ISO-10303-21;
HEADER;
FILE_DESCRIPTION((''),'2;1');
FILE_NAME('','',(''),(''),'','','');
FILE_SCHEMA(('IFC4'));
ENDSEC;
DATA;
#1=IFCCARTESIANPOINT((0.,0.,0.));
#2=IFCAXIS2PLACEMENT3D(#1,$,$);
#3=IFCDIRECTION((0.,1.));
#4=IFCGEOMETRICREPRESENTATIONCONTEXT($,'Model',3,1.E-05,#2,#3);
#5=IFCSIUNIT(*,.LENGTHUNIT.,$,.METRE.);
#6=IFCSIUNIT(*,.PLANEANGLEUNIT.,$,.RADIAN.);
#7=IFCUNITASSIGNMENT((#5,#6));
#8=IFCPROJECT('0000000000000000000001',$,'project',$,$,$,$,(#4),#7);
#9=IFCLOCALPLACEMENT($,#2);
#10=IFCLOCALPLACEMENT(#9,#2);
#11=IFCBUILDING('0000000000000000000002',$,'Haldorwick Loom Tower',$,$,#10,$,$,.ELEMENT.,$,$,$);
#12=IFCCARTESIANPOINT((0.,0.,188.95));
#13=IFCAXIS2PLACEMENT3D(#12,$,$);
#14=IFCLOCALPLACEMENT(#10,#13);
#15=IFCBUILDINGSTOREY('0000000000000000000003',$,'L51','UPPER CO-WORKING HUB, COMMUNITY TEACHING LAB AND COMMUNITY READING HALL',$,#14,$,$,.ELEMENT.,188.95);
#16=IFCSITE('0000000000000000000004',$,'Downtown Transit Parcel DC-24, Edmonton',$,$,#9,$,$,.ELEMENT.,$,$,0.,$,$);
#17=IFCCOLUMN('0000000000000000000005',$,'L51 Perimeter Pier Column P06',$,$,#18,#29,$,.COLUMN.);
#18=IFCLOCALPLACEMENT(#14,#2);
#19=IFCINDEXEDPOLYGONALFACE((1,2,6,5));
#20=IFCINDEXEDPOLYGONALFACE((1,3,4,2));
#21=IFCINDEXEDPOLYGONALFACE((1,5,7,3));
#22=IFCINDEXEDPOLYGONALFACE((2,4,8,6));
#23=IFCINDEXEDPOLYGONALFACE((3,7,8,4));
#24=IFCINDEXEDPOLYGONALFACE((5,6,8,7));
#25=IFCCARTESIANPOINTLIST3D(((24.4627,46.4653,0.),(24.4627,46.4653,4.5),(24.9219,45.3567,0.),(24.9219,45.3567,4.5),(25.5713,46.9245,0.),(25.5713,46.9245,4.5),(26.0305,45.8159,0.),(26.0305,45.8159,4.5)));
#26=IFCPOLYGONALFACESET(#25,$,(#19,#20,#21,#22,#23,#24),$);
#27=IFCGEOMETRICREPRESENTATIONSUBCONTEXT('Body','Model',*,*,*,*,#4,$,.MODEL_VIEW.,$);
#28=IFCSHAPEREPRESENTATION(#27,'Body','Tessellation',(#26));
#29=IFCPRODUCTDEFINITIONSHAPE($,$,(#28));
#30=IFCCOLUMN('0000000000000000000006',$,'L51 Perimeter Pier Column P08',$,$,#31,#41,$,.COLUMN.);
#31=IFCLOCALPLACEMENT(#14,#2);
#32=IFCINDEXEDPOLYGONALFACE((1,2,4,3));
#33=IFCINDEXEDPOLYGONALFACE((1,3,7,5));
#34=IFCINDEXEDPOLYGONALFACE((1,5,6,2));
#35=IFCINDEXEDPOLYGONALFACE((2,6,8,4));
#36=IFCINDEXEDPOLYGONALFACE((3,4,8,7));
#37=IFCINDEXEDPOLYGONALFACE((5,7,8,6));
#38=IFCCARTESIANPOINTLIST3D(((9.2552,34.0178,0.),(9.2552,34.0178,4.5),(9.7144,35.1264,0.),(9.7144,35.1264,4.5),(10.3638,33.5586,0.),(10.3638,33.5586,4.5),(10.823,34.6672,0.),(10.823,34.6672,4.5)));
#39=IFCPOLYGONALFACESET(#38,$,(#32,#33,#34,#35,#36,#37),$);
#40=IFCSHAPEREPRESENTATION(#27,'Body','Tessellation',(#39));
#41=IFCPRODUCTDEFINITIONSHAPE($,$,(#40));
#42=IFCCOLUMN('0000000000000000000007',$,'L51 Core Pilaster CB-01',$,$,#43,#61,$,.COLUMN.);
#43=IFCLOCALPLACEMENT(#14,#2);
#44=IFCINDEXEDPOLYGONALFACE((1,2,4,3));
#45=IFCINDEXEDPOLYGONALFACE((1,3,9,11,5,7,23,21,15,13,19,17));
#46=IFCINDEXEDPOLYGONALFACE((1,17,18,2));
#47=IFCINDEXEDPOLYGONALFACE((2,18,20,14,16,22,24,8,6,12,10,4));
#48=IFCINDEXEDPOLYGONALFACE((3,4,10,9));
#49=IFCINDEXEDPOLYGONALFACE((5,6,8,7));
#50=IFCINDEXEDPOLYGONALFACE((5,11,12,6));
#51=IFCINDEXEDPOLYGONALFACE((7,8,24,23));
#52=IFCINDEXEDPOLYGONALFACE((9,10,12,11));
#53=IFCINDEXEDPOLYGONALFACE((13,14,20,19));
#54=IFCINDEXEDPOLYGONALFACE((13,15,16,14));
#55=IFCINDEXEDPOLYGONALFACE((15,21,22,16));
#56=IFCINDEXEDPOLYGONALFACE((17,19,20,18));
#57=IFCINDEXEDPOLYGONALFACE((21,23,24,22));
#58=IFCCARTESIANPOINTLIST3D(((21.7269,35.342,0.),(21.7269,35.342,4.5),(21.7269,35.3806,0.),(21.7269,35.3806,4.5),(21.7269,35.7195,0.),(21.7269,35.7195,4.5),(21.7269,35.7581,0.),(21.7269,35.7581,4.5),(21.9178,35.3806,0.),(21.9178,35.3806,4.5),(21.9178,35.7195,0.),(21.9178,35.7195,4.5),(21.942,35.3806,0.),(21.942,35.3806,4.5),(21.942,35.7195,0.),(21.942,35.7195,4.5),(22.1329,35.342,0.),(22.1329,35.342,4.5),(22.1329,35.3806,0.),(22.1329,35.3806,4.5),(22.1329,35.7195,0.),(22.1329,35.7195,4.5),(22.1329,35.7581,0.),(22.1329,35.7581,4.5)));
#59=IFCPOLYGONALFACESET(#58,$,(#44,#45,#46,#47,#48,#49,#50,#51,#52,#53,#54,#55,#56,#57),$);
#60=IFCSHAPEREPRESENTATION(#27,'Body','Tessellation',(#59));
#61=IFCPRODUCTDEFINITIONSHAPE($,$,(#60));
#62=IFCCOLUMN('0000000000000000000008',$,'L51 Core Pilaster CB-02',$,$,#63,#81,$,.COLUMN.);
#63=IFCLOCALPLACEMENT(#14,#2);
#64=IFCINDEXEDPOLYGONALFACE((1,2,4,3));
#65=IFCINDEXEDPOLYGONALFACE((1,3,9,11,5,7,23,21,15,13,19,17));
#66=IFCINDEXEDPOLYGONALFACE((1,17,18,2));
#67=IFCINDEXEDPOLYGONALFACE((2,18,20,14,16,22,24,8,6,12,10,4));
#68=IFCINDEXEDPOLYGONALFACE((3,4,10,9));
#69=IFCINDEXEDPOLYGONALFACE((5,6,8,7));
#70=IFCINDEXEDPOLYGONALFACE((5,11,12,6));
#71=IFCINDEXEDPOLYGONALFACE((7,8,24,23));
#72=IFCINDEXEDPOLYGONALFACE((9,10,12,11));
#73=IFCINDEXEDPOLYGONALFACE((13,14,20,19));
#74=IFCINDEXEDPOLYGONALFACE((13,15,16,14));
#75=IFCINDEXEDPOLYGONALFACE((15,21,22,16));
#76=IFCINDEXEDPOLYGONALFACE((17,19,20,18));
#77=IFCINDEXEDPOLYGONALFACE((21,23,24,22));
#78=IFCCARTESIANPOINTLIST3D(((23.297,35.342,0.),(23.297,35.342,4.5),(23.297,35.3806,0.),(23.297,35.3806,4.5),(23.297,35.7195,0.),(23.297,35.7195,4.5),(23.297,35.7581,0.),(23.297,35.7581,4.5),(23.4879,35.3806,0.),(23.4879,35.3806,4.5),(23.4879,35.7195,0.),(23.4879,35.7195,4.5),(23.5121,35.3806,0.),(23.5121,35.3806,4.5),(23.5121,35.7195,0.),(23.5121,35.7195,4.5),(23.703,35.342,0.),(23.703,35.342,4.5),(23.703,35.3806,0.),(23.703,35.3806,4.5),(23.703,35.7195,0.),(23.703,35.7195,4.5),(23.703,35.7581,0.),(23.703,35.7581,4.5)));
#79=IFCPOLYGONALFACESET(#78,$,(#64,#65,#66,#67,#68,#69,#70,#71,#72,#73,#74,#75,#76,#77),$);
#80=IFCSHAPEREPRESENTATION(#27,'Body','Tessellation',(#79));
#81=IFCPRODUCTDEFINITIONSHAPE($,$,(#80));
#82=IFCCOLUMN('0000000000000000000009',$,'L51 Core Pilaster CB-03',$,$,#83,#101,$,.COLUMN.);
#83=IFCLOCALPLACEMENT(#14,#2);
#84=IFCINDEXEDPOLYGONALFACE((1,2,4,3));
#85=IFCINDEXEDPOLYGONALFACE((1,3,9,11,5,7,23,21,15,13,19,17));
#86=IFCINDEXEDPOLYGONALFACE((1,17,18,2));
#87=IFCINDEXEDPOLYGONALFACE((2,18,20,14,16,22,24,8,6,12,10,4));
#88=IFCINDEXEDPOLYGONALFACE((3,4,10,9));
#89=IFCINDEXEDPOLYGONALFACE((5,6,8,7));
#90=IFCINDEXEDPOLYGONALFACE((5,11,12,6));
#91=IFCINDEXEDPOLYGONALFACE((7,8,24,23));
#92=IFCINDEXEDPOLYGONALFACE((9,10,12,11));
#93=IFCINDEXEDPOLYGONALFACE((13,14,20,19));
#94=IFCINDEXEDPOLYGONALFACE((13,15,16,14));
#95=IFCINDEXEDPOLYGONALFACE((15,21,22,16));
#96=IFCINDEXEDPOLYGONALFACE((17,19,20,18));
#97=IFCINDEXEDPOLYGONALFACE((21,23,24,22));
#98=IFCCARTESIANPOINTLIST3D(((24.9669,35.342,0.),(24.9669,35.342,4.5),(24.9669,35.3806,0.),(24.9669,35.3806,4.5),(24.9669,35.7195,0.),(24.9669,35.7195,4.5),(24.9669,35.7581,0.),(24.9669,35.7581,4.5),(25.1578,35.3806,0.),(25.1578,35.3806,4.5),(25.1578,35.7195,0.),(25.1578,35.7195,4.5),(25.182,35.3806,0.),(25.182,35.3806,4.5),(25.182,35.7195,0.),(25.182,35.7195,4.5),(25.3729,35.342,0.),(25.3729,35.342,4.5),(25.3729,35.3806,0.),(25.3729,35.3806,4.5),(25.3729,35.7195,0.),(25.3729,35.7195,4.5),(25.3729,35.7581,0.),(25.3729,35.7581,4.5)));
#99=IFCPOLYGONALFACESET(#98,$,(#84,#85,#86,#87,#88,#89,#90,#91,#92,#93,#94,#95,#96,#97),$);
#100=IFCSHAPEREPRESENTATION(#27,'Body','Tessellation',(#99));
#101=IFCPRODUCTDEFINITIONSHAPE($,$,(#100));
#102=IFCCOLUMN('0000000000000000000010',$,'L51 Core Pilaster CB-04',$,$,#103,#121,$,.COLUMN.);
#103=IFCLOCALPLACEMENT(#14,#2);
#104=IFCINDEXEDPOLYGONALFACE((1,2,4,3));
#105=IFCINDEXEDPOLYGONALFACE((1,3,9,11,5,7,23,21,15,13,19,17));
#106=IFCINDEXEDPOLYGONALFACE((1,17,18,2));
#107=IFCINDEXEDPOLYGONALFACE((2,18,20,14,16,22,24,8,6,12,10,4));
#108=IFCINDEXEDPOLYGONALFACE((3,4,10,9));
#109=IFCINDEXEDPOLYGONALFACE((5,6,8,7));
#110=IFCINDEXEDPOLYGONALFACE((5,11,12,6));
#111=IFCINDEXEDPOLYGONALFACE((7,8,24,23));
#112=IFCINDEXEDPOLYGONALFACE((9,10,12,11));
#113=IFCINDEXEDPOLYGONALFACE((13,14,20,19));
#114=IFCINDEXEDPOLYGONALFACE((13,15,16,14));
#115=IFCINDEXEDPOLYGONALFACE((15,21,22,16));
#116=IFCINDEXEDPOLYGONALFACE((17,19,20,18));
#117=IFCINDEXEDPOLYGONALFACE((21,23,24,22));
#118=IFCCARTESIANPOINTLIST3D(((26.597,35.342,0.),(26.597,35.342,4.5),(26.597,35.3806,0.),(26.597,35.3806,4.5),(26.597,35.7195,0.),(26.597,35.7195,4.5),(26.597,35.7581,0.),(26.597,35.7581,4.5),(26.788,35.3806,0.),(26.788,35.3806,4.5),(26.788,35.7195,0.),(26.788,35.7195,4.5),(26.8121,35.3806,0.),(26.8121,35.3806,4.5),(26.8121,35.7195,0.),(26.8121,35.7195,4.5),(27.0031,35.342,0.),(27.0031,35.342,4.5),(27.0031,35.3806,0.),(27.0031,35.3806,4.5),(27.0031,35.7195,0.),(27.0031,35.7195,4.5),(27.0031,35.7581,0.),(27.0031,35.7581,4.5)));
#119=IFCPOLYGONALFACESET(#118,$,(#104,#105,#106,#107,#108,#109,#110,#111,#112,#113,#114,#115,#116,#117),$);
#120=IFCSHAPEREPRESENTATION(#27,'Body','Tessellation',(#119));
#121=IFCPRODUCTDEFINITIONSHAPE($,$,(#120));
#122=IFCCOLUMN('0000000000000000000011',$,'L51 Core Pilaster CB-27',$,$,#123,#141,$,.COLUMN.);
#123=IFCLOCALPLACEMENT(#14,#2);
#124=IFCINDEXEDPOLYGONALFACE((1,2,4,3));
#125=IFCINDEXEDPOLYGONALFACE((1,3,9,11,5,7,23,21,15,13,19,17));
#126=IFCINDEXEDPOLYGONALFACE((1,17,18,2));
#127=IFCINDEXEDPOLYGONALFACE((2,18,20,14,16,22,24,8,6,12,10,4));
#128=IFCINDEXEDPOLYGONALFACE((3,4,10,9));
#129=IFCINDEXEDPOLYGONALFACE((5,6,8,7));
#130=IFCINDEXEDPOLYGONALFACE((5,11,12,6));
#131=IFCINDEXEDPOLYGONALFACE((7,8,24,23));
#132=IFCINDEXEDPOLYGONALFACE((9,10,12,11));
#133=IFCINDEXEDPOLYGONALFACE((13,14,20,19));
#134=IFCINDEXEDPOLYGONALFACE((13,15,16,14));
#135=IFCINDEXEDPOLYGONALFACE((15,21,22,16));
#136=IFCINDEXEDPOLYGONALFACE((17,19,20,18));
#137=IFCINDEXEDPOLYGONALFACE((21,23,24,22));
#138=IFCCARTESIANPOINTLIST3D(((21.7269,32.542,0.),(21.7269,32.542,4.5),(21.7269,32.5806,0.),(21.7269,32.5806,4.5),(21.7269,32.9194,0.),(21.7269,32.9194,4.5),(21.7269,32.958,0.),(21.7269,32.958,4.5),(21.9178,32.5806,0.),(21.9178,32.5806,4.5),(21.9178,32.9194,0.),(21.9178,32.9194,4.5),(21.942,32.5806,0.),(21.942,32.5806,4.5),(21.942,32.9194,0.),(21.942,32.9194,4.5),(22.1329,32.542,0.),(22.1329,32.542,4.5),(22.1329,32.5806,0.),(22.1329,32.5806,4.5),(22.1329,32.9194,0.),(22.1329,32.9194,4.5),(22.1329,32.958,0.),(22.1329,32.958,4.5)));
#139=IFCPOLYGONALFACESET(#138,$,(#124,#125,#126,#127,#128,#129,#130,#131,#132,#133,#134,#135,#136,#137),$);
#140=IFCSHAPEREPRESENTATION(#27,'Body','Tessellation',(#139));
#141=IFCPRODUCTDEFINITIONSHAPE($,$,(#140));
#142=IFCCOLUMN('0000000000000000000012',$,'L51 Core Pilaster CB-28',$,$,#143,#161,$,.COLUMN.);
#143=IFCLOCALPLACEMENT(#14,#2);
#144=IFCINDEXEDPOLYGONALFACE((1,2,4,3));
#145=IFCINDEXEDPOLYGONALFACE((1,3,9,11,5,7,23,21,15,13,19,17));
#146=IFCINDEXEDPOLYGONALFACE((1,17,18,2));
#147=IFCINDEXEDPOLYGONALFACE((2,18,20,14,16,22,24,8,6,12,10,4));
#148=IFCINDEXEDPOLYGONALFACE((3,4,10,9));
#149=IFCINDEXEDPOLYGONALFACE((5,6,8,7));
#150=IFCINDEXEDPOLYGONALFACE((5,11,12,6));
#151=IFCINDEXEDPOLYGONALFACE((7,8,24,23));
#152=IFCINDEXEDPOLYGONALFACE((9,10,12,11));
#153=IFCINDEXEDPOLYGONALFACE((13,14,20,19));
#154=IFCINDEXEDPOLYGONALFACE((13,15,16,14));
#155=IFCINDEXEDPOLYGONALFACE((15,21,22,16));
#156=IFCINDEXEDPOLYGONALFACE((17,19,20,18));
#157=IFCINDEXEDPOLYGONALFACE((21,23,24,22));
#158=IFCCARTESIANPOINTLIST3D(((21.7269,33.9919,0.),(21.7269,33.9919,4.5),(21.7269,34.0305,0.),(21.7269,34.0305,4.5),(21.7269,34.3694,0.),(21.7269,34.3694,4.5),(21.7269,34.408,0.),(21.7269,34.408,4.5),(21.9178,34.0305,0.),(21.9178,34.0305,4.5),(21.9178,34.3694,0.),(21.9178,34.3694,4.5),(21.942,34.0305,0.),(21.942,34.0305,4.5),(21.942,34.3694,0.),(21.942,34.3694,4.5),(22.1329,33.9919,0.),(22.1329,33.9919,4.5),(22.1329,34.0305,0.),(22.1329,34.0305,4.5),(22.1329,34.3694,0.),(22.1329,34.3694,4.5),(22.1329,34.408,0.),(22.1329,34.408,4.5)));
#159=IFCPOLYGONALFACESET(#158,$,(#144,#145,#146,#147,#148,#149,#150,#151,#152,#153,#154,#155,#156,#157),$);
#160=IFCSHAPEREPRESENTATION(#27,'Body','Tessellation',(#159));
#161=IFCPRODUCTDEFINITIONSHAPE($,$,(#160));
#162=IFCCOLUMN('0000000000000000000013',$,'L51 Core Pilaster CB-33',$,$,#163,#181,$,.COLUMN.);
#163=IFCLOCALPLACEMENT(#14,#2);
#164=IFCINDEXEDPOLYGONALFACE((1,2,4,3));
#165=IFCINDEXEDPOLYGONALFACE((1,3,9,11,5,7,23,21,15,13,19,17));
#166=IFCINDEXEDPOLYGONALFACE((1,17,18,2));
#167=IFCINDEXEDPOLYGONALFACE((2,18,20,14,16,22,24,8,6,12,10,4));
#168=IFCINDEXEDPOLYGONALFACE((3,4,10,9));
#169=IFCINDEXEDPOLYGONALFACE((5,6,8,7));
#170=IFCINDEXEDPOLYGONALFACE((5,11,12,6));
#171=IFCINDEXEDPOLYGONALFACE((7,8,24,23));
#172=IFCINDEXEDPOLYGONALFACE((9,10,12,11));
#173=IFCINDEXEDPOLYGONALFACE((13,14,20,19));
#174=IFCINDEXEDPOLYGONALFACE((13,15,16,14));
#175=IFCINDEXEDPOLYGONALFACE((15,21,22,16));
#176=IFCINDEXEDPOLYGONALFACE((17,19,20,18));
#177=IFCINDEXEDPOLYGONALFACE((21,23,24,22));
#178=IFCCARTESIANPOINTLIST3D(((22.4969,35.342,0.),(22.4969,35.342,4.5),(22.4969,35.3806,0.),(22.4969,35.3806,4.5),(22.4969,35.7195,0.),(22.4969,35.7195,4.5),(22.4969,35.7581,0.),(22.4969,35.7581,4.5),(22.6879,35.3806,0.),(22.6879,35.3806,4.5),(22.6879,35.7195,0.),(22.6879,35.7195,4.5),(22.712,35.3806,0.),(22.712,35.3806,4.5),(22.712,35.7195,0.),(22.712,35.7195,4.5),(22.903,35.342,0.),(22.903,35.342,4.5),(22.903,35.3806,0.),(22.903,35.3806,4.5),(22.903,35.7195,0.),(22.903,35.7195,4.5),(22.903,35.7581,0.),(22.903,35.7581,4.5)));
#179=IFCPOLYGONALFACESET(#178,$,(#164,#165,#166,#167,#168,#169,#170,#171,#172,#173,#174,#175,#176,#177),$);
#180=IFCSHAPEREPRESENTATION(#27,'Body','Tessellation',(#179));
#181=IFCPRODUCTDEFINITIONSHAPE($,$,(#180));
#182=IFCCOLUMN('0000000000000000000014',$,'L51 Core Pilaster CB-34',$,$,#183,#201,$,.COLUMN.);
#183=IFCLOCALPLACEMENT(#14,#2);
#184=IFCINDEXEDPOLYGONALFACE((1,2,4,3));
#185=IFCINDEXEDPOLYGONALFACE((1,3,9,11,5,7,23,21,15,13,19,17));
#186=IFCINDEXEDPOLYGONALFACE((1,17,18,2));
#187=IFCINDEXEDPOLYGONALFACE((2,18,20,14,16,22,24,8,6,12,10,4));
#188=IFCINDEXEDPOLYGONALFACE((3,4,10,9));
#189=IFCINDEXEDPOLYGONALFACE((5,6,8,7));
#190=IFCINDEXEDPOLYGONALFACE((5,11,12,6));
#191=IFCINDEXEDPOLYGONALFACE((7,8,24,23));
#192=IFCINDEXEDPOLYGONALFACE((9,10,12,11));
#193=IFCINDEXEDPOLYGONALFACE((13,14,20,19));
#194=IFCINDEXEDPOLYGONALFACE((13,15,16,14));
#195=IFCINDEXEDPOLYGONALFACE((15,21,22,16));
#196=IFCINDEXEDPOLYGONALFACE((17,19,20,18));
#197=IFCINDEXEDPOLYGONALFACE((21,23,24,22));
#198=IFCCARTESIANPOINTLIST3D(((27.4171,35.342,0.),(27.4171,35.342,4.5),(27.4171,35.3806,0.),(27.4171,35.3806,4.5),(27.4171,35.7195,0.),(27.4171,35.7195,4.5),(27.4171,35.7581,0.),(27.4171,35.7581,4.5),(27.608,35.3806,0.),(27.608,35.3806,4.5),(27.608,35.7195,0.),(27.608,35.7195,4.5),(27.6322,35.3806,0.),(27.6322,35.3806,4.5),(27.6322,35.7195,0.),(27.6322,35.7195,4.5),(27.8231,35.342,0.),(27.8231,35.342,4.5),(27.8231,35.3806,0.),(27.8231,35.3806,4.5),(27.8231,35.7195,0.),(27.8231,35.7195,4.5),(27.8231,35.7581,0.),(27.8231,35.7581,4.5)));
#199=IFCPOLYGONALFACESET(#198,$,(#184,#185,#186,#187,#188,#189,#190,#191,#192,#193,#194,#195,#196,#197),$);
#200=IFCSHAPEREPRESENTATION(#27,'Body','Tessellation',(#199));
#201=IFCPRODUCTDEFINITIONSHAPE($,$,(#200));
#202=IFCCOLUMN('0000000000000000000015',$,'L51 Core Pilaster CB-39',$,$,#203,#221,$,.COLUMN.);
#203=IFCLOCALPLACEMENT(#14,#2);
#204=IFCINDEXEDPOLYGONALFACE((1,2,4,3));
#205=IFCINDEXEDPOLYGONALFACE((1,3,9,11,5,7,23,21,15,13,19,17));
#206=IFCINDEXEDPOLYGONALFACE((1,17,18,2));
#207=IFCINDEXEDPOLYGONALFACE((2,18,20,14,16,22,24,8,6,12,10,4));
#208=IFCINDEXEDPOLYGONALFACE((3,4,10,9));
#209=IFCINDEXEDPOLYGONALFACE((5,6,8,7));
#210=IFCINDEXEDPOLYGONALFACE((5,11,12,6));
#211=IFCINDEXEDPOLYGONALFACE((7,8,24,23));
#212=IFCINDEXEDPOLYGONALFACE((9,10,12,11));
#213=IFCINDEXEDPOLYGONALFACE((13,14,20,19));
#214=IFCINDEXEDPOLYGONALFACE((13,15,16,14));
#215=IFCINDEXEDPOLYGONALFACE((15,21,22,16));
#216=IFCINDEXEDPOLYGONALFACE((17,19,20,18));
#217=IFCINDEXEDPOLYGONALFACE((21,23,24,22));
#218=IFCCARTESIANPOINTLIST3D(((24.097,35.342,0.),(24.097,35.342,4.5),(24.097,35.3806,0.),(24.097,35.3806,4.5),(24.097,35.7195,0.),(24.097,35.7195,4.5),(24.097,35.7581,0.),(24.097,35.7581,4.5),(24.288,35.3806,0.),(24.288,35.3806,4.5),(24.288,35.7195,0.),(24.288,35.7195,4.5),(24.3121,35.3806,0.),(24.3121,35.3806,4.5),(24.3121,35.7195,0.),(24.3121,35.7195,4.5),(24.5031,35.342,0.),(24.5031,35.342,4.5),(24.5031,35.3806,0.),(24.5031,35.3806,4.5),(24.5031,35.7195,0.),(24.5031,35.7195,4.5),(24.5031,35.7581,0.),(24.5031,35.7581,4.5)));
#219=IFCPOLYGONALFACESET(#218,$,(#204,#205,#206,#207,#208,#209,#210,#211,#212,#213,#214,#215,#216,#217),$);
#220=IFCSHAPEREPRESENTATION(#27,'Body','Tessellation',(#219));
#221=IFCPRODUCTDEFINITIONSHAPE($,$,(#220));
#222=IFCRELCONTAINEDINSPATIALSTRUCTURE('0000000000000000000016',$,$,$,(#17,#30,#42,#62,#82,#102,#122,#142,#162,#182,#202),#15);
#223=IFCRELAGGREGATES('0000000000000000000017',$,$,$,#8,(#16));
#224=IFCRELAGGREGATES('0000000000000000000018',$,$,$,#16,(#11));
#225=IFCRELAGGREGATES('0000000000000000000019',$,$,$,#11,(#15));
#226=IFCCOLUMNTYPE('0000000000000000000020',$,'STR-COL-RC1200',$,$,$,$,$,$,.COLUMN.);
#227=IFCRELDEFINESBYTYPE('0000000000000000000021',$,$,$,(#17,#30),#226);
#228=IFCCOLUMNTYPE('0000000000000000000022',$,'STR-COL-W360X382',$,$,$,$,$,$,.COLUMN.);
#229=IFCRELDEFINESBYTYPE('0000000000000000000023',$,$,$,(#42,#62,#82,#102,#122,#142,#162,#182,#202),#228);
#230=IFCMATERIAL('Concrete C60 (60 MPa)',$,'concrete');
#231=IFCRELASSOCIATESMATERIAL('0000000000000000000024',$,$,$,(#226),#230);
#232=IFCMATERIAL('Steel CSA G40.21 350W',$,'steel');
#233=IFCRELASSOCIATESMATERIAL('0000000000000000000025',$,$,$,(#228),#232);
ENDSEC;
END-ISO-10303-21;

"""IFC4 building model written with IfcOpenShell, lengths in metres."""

from ifc_helpers import new_model, si_unit, direction, frame, origin, origin_2d, place, context, subcontext, project, spatial, rectangle, i_section, extrude, material, material_profile, profile_set, type_object, element, save


model = new_model("IFC4")

# Units and contexts
model_context = context("Model", 3, precision=1e-05, world=origin(), true_north=direction((0.0, 1.0)))
body_context = subcontext(model_context, "Body", "Model", "MODEL_VIEW")
ifc_project = project(units=[si_unit("LENGTHUNIT", "METRE"), si_unit("PLANEANGLEUNIT", "RADIAN")], contexts=[model_context])

# Site, building, storey
site_placement = place(None, origin())
site = spatial("IfcSite", under=ifc_project, at=site_placement, Name="Downtown Transit Parcel DC-24, Edmonton", CompositionType="ELEMENT", RefElevation=0.0)
building_placement = place(site_placement, origin())
building = spatial("IfcBuilding", under=site, at=building_placement, Name="Haldorwick Loom Tower", CompositionType="ELEMENT")
storey_placement = place(building_placement, frame((0.0, 0.0, 188.95)))
storey = spatial("IfcBuildingStorey", under=building, at=storey_placement, Name="L51", Description="UPPER CO-WORKING HUB, COMMUNITY TEACHING LAB AND COMMUNITY READING HALL", CompositionType="ELEMENT", Elevation=188.95)

# Columns
ifc_material_1 = material(Name="Concrete C60 (60 MPa)", Category="concrete")
ifc_material_profile_1 = material_profile(ifc_material_1, rectangle(XDim=1.2, YDim=1.2, at=origin_2d()), Name="RC1200X1200", Category="concrete")
ifc_profile_set_1 = profile_set([ifc_material_profile_1], Name="Concrete C60 (60 MPa)")
column_type_1 = type_object("IfcColumnType", Name="STR-COL-RC1200", PredefinedType="COLUMN", material=ifc_profile_set_1)
for number, where, z_axis, x_axis, name in (
    (1, (25.2466, 46.1406, 0.0), (0.0, 0.0, 1.0), (-0.382683, 0.92388, 0.0), "L51 Perimeter Pier Column P06"),
    (2, (10.0391, 34.3425, 0.0), (0.0, 0.0, 1.0), (-0.92388, 0.382683, 0.0), "L51 Perimeter Pier Column P08"),
):
    element("IfcColumn", number, at=place(storey_placement, frame(where, z_axis=z_axis, x_axis=x_axis)), inside=storey, type_object=column_type_1, Name=name, PredefinedType="COLUMN", context=body_context, shape_type="SweptSolid", body=[
        extrude(rectangle(XDim=1.2, YDim=1.2, at=origin_2d()), origin(), (0.0, 0.0, 1.0), 4.5),
    ])
ifc_material_2 = material(Name="Steel CSA G40.21 350W", Category="steel")
ifc_material_profile_2 = material_profile(ifc_material_2, i_section(OverallWidth=0.406, OverallDepth=0.416, WebThickness=0.0242, FlangeThickness=0.0386, at=origin_2d()), Name="W360X382", Category="steel")
ifc_profile_set_2 = profile_set([ifc_material_profile_2], Name="Steel CSA G40.21 350W")
column_type_2 = type_object("IfcColumnType", Name="STR-COL-W360X382", PredefinedType="COLUMN", material=ifc_profile_set_2)
for number, where, z_axis, x_axis, name in (
    (3, (21.9299, 35.55, 0.0), (0.0, 0.0, 1.0), (1.0, 0.0, 0.0), "L51 Core Pilaster CB-01"),
    (4, (23.5, 35.55, 0.0), (0.0, 0.0, 1.0), (1.0, 0.0, 0.0), "L51 Core Pilaster CB-02"),
    (5, (25.1699, 35.55, 0.0), (0.0, 0.0, 1.0), (1.0, 0.0, 0.0), "L51 Core Pilaster CB-03"),
    (6, (26.8, 35.55, 0.0), (0.0, 0.0, 1.0), (1.0, 0.0, 0.0), "L51 Core Pilaster CB-04"),
    (7, (21.9299, 32.75, 0.0), (0.0, 0.0, 1.0), (1.0, 0.0, 0.0), "L51 Core Pilaster CB-27"),
    (8, (21.9299, 34.2, 0.0), (0.0, 0.0, 1.0), (1.0, 0.0, 0.0), "L51 Core Pilaster CB-28"),
    (9, (22.7, 35.55, 0.0), (0.0, 0.0, 1.0), (1.0, 0.0, 0.0), "L51 Core Pilaster CB-33"),
    (10, (27.6201, 35.55, 0.0), (0.0, 0.0, 1.0), (1.0, 0.0, 0.0), "L51 Core Pilaster CB-34"),
    (11, (24.3, 35.55, 0.0), (0.0, 0.0, 1.0), (1.0, 0.0, 0.0), "L51 Core Pilaster CB-39"),
):
    element("IfcColumn", number, at=place(storey_placement, frame(where, z_axis=z_axis, x_axis=x_axis)), inside=storey, type_object=column_type_2, Name=name, PredefinedType="COLUMN", context=body_context, shape_type="SweptSolid", body=[
        extrude(i_section(OverallWidth=0.406, OverallDepth=0.416, WebThickness=0.0242, FlangeThickness=0.0386, at=origin_2d()), origin(), (0.0, 0.0, 1.0), 4.5),
    ])

save(model, "model.ifc")
